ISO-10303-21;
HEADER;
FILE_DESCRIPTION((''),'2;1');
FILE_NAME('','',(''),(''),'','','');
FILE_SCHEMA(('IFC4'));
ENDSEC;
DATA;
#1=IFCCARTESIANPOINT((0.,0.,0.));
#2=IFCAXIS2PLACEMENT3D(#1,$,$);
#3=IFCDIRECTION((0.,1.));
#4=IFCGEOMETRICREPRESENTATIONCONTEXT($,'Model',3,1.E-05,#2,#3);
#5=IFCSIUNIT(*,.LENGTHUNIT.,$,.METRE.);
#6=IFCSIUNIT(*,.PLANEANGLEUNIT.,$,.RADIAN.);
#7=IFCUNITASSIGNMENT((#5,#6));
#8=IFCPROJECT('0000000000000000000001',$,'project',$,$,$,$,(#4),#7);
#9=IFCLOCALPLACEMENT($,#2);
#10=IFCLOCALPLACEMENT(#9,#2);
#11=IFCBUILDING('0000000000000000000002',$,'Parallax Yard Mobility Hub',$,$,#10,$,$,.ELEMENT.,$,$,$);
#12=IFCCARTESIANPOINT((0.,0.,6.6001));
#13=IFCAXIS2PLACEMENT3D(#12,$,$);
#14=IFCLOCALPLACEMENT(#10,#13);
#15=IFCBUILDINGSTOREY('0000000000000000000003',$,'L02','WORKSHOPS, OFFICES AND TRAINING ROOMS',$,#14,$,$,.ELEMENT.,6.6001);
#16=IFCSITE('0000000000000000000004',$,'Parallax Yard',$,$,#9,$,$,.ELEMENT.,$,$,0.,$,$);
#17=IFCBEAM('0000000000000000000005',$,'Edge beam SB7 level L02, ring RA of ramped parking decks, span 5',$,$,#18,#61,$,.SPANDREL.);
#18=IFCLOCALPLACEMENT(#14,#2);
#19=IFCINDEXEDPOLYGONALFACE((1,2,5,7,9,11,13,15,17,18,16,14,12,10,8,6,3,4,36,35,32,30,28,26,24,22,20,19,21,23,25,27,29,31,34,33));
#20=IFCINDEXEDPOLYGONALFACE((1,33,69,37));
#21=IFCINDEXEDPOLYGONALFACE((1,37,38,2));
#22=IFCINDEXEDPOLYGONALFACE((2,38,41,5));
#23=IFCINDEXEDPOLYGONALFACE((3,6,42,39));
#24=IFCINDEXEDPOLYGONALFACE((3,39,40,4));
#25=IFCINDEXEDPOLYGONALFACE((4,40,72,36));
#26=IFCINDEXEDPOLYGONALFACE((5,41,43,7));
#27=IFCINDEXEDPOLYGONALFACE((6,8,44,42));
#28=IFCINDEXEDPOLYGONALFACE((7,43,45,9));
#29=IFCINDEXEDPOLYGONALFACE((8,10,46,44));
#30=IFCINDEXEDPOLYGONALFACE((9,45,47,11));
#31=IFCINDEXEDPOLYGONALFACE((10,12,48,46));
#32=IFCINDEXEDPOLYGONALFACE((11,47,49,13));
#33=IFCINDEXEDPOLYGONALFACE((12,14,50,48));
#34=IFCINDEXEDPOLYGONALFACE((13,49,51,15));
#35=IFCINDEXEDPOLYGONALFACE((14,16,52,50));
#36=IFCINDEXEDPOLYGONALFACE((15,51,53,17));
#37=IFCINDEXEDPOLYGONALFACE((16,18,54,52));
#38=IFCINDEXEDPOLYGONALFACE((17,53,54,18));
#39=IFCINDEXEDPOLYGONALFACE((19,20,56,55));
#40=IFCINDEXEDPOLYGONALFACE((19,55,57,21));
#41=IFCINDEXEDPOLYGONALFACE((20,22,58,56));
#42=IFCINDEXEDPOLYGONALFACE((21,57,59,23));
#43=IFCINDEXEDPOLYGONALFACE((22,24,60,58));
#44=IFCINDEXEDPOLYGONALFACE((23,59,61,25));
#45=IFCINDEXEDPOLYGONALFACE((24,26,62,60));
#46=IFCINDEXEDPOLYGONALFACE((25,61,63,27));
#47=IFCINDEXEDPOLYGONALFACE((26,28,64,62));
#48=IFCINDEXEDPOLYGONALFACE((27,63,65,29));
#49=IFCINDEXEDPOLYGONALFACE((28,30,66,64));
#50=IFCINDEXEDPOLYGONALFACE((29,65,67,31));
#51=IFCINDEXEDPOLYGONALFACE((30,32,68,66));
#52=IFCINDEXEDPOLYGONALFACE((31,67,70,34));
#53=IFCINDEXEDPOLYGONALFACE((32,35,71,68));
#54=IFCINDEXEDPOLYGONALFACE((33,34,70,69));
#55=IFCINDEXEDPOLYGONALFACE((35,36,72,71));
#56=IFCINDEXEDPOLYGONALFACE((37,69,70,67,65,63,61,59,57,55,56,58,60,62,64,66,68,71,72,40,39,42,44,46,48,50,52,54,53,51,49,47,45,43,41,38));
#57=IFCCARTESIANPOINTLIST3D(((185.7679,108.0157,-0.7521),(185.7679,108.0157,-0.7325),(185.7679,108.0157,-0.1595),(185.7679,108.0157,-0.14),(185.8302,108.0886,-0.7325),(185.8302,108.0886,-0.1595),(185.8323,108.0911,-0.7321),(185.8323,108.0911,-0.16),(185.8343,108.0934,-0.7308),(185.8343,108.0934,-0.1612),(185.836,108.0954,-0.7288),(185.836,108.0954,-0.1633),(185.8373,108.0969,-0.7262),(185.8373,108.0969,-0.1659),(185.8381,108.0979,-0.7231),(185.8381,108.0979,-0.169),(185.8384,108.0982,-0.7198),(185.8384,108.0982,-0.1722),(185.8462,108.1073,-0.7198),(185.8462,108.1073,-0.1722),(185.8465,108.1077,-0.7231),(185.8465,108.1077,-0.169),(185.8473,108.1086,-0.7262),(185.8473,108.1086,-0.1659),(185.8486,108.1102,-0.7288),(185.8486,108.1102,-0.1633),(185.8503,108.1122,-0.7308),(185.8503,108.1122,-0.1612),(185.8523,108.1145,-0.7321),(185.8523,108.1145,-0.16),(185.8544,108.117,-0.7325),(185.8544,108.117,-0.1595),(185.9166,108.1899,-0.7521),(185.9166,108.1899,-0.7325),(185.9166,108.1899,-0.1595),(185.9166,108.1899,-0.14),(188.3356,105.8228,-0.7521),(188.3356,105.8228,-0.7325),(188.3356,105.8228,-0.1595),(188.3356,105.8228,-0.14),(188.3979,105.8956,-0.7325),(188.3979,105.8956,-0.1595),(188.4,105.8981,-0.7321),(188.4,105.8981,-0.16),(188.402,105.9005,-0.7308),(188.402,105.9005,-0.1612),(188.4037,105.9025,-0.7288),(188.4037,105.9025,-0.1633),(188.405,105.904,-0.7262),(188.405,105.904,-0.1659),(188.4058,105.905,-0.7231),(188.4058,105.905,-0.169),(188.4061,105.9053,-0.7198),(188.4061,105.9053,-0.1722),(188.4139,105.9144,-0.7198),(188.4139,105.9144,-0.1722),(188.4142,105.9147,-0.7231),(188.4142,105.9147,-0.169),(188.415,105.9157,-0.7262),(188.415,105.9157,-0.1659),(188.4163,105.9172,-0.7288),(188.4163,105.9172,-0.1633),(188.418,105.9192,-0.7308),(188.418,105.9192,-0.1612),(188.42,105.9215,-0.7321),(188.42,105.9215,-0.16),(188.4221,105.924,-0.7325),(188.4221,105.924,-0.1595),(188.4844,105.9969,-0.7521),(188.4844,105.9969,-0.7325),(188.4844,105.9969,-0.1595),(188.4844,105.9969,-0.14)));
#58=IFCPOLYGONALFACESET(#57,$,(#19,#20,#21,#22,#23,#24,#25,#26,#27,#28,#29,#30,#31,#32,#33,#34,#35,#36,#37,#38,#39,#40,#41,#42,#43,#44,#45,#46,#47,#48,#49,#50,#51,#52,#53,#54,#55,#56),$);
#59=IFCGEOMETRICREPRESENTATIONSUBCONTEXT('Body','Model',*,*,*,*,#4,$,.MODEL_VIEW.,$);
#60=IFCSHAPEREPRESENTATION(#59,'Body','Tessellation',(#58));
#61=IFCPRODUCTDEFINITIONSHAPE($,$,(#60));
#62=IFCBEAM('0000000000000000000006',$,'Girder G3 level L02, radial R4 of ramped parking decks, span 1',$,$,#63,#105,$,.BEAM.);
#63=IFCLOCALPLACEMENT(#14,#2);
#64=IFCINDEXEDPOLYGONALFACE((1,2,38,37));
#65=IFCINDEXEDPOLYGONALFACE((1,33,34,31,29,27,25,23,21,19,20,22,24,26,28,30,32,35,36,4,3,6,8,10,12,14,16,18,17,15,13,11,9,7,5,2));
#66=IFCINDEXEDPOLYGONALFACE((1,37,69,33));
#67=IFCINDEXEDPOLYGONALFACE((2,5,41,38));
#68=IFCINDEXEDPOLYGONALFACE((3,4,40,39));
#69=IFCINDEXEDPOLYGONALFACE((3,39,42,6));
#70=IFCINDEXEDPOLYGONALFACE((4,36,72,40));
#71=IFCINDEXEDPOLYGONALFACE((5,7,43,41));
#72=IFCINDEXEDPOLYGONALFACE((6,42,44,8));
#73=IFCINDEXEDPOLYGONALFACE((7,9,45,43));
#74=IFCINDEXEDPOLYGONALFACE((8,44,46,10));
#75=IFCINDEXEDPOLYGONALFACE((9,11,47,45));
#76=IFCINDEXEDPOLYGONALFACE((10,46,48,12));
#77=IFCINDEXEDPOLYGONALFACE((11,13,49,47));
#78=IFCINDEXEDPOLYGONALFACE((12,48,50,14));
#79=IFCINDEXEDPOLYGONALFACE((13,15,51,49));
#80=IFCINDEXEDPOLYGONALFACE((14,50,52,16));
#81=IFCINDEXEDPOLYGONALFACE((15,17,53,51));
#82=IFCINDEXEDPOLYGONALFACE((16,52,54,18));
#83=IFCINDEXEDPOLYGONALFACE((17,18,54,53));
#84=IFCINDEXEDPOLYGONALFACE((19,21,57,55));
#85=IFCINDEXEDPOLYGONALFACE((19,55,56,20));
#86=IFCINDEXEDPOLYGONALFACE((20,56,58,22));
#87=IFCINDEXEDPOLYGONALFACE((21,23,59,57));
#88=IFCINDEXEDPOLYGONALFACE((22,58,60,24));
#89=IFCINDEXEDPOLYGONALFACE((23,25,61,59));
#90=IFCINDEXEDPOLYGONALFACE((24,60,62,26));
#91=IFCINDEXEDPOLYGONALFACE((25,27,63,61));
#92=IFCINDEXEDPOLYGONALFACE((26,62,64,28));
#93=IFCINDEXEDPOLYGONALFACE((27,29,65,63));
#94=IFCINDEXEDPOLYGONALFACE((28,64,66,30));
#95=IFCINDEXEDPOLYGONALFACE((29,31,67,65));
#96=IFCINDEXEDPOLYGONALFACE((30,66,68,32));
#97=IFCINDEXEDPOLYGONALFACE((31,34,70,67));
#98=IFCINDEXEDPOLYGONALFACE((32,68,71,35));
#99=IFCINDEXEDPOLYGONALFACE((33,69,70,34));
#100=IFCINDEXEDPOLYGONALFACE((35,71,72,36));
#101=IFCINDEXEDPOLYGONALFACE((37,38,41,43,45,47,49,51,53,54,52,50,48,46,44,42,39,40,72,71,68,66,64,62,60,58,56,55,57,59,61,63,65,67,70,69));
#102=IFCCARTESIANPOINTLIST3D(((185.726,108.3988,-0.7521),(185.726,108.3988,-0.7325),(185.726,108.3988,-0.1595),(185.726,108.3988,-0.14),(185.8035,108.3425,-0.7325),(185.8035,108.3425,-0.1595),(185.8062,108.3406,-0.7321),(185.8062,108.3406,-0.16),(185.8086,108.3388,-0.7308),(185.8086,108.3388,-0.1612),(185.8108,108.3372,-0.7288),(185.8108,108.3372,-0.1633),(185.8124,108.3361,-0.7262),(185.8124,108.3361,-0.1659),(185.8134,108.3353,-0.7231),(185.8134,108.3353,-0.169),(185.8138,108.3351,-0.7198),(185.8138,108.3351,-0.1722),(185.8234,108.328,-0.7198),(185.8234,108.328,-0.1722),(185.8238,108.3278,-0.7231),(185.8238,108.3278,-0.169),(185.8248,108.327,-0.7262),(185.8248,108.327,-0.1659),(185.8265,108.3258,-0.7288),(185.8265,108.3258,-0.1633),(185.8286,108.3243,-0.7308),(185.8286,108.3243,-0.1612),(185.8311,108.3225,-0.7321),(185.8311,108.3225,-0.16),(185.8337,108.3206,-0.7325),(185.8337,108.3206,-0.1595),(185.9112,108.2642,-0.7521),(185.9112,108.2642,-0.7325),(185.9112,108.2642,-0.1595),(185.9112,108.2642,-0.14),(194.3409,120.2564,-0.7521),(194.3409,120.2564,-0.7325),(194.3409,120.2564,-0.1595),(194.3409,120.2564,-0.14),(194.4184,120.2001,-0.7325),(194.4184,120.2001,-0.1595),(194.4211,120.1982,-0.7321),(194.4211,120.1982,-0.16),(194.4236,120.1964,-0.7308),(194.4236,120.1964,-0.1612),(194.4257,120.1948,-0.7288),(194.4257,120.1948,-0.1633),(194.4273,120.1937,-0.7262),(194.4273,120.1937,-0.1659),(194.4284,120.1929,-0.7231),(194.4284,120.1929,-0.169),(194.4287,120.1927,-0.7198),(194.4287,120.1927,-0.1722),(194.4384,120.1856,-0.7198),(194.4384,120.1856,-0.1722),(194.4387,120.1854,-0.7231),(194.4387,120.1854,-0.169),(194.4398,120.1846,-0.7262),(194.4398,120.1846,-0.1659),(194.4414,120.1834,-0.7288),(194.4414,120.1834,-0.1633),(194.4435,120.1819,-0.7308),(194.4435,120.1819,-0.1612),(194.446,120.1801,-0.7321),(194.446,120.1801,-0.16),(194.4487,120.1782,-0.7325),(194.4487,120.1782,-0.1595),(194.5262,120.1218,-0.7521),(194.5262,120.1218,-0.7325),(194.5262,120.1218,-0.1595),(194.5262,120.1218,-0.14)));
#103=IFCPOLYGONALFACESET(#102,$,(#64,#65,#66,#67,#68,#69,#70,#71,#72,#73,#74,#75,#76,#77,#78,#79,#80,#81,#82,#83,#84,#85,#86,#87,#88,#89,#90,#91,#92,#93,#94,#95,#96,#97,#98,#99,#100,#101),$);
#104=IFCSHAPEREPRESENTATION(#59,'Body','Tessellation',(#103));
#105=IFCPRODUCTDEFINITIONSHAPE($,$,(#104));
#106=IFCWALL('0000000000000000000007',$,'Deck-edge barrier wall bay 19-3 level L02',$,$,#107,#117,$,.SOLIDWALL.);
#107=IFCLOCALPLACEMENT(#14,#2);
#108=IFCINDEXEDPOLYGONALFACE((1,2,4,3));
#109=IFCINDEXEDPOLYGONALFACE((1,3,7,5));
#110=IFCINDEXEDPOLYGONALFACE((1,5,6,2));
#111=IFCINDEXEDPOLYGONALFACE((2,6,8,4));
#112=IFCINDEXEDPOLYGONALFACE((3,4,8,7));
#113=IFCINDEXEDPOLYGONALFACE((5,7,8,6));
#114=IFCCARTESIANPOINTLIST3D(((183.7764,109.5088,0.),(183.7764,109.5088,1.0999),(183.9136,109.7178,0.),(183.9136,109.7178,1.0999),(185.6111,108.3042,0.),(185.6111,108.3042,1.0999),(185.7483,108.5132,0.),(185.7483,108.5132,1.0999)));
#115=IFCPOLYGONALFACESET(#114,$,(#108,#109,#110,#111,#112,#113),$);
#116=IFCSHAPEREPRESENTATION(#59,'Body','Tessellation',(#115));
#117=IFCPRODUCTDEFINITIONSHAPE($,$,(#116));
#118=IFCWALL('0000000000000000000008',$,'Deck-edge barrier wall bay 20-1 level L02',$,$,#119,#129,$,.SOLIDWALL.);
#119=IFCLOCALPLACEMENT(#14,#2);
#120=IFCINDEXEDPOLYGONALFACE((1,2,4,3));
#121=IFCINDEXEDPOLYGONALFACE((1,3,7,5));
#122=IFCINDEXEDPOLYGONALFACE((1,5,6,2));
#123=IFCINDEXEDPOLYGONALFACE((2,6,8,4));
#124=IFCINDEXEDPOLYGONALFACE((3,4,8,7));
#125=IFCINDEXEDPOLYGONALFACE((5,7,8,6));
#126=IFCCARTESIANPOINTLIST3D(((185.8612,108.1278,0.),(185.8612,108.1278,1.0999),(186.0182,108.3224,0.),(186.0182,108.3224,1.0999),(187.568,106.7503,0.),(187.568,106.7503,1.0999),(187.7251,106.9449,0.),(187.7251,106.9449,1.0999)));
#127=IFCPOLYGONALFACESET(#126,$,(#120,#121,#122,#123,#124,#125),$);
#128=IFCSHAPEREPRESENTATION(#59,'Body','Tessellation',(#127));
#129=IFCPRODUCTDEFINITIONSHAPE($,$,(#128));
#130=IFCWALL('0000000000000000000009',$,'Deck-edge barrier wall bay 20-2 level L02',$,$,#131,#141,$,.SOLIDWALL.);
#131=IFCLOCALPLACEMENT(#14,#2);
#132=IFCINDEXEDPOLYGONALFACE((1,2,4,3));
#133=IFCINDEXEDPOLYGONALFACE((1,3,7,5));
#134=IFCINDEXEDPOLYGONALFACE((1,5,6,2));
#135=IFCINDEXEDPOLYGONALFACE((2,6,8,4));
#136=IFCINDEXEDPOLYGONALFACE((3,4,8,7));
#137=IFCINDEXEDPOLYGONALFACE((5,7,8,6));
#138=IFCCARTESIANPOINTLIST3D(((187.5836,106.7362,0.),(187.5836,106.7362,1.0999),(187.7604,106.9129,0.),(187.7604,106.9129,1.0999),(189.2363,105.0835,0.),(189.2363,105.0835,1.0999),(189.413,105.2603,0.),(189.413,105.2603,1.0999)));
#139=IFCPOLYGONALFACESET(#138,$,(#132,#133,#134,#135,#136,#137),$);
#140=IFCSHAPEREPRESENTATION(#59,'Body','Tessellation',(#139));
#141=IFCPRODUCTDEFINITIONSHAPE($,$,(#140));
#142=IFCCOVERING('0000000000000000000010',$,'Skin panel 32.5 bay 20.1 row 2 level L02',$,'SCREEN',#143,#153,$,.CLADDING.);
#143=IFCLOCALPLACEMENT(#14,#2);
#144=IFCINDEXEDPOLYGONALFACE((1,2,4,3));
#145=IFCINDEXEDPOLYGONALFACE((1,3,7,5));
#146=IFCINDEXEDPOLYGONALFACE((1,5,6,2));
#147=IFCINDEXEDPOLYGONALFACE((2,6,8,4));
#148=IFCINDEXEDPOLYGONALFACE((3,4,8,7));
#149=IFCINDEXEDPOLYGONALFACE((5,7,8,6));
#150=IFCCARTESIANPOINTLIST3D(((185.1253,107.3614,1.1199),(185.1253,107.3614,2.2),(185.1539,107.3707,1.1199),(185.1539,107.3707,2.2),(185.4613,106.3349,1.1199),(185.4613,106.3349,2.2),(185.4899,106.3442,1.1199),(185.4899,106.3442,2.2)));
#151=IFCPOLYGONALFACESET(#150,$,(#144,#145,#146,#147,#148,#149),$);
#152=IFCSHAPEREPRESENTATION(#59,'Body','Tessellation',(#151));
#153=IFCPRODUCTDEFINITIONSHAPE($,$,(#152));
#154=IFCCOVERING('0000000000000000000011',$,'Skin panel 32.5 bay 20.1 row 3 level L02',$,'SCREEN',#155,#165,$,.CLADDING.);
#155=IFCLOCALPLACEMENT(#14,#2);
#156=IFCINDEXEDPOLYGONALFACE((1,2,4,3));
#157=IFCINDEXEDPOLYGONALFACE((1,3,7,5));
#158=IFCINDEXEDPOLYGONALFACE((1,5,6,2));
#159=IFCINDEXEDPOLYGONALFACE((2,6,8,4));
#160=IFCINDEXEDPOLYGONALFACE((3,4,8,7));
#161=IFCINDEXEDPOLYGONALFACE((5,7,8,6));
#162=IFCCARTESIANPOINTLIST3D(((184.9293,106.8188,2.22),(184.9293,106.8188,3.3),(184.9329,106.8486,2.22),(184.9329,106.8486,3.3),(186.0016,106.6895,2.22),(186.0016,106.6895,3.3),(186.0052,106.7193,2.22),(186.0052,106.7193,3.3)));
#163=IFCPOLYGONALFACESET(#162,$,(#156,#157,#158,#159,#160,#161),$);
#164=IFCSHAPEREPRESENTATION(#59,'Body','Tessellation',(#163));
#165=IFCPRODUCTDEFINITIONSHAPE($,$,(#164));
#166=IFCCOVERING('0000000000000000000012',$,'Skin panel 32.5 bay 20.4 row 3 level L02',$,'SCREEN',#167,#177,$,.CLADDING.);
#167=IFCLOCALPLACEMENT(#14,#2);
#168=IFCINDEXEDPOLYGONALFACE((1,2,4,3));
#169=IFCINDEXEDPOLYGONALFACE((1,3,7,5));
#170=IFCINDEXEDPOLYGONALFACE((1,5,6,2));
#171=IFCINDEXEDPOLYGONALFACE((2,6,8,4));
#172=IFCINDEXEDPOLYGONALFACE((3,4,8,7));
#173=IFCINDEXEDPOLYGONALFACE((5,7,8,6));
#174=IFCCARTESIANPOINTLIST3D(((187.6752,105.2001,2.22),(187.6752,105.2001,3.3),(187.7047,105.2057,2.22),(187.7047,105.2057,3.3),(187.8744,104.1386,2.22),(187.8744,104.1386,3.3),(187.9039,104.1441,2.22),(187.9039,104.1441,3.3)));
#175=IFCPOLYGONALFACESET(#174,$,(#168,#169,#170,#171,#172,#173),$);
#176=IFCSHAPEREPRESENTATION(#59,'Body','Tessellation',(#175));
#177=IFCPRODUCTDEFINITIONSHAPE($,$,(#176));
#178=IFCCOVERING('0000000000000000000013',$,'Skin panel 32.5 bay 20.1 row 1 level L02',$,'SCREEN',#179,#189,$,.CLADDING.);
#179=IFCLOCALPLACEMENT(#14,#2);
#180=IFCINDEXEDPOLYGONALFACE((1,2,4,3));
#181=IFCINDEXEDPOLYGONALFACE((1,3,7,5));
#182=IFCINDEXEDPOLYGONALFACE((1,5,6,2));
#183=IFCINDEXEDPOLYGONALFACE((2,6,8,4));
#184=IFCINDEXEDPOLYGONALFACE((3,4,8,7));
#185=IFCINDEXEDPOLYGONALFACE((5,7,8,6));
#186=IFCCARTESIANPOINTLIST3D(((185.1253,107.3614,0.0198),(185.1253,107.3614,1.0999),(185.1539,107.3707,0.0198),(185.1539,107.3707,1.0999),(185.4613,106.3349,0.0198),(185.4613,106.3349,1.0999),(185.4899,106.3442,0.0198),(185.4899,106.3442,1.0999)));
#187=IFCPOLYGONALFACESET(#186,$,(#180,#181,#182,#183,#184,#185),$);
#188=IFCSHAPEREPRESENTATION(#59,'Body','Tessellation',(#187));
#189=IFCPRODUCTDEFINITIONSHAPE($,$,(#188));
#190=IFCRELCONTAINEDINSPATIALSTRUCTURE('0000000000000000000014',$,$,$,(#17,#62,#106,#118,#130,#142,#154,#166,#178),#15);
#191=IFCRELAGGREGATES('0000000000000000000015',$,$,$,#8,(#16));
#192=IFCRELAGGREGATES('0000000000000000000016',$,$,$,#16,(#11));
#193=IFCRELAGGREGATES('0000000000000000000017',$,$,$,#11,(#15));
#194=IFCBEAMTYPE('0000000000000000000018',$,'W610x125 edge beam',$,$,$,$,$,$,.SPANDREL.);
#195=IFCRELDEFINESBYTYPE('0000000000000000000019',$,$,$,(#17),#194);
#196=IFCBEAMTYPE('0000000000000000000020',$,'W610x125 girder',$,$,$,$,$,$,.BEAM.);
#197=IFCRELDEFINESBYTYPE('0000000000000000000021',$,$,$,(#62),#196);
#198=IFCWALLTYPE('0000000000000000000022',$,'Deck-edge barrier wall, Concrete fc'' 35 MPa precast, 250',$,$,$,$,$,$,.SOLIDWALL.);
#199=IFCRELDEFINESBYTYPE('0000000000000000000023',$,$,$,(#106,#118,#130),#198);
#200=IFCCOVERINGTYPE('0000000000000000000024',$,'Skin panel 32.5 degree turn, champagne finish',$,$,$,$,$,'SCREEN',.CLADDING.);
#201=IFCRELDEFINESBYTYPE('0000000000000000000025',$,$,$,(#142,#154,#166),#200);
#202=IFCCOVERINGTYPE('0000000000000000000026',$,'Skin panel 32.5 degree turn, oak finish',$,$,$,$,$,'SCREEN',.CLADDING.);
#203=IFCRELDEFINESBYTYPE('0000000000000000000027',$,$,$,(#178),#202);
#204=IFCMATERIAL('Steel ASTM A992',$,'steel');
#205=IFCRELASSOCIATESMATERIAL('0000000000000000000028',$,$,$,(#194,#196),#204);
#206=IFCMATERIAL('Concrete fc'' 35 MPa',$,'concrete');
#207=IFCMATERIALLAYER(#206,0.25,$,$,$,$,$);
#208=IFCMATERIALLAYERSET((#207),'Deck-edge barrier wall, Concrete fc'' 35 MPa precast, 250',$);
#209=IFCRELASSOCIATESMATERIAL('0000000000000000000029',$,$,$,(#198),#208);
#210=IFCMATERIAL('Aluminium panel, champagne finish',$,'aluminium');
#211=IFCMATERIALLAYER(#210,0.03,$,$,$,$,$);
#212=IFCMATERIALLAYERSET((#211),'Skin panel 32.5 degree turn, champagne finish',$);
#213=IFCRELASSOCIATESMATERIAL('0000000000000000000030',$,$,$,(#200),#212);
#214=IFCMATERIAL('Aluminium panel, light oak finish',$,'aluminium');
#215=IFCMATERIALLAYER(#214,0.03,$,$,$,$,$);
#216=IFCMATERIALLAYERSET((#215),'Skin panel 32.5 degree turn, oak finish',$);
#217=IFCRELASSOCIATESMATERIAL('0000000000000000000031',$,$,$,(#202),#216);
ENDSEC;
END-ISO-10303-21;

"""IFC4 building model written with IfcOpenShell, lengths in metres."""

from ifc_helpers import new_model, si_unit, direction, frame, frame_2d, origin, origin_2d, place, context, subcontext, project, spatial, rectangle, i_section, extrude, material, layer, layer_set, material_profile, profile_set, type_object, element, save


model = new_model("IFC4")

# Units and contexts
model_context = context("Model", 3, precision=1e-05, world=origin(), true_north=direction((0.0, 1.0)))
body_context = subcontext(model_context, "Body", "Model", "MODEL_VIEW")
ifc_project = project(units=[si_unit("LENGTHUNIT", "METRE"), si_unit("PLANEANGLEUNIT", "RADIAN")], contexts=[model_context])

# Site, building, storey
site_placement = place(None, origin())
site = spatial("IfcSite", under=ifc_project, at=site_placement, Name="Parallax Yard", CompositionType="ELEMENT", RefElevation=0.0)
building_placement = place(site_placement, origin())
building = spatial("IfcBuilding", under=site, at=building_placement, Name="Parallax Yard Mobility Hub", CompositionType="ELEMENT")
storey_placement = place(building_placement, frame((0.0, 0.0, 6.6001)))
storey = spatial("IfcBuildingStorey", under=building, at=storey_placement, Name="L02", Description="WORKSHOPS, OFFICES AND TRAINING ROOMS", CompositionType="ELEMENT", Elevation=6.6001)

# Shared definitions
ifc_material_1 = material(Name="Steel ASTM A992", Category="steel")

# Beams
ifc_material_profile_1 = material_profile(ifc_material_1, i_section(OverallWidth=0.229, OverallDepth=0.6121, WebThickness=0.012, FlangeThickness=0.0195, FilletRadius=0.0127, at=origin_2d()), Name="W610x125")
ifc_profile_set_1 = profile_set([ifc_material_profile_1], Name="Steel ASTM A992")
beam_type_1 = type_object("IfcBeamType", Name="W610x125 edge beam", PredefinedType="SPANDREL", material=ifc_profile_set_1)
beam_1_placement = place(storey_placement, frame((185.8423, 108.1028, -0.446), z_axis=(0.760419, -0.649433, 0.0), x_axis=(0.649433, 0.760419, 0.0)))
element("IfcBeam", 1, at=beam_1_placement, inside=storey, type_object=beam_type_1, Name="Edge beam SB7 level L02, ring RA of ramped parking decks, span 5", PredefinedType="SPANDREL", context=body_context, shape_type="SweptSolid", body=[
    extrude(i_section(OverallWidth=0.229, OverallDepth=0.6121, WebThickness=0.012, FlangeThickness=0.0195, FilletRadius=0.0127, at=origin_2d()), origin(), (0.0, 0.0, 1.0), 3.3767),
])
ifc_material_profile_2 = material_profile(ifc_material_1, i_section(OverallWidth=0.229, OverallDepth=0.6121, WebThickness=0.012, FlangeThickness=0.0195, FilletRadius=0.0127, at=origin_2d()), Name="W610x125")
ifc_profile_set_2 = profile_set([ifc_material_profile_2], Name="Steel ASTM A992")
beam_type_2 = type_object("IfcBeamType", Name="W610x125 girder", PredefinedType="BEAM", material=ifc_profile_set_2)
beam_2_placement = place(storey_placement, frame((185.8186, 108.3315, -0.446), z_axis=(0.58778, 0.809021, 0.0), x_axis=(-0.809021, 0.58778, 0.0)))
element("IfcBeam", 2, at=beam_2_placement, inside=storey, type_object=beam_type_2, Name="Girder G3 level L02, radial R4 of ramped parking decks, span 1", PredefinedType="BEAM", context=body_context, shape_type="SweptSolid", body=[
    extrude(i_section(OverallWidth=0.229, OverallDepth=0.6121, WebThickness=0.012, FlangeThickness=0.0195, FilletRadius=0.0127, at=origin_2d()), origin(), (0.0, 0.0, 1.0), 14.6567),
])

# Walls
ifc_material_2 = material(Name="Concrete fc' 35 MPa", Category="concrete")
ifc_layer_1 = layer(ifc_material_2, 0.25)
ifc_layer_set_1 = layer_set([ifc_layer_1], Name="Deck-edge barrier wall, Concrete fc' 35 MPa precast, 250")
wall_type = type_object("IfcWallType", Name="Deck-edge barrier wall, Concrete fc' 35 MPa precast, 250", PredefinedType="SOLIDWALL", material=ifc_layer_set_1)
wall_1_placement = place(storey_placement, frame((183.845, 109.6133, 0.0), z_axis=(0.0, 0.0, 1.0), x_axis=(0.835931, -0.548834, 0.0)))
element("IfcWall", 3, at=wall_1_placement, inside=storey, type_object=wall_type, Name="Deck-edge barrier wall bay 19-3 level L02", PredefinedType="SOLIDWALL", context=body_context, shape_type="SweptSolid", body=[
    extrude(rectangle(XDim=2.1948, YDim=0.25, at=frame_2d((1.0974, 0.0))), origin(), (0.0, 0.0, 1.0), 1.0999),
])
wall_2_placement = place(storey_placement, frame((185.9397, 108.2251, 0.0), z_axis=(0.0, 0.0, 1.0), x_axis=(0.77819, -0.628029, 0.0)))
element("IfcWall", 4, at=wall_2_placement, inside=storey, type_object=wall_type, Name="Deck-edge barrier wall bay 20-1 level L02", PredefinedType="SOLIDWALL", context=body_context, shape_type="SweptSolid", body=[
    extrude(rectangle(XDim=2.1934, YDim=0.25, at=frame_2d((1.0967, 0.0))), origin(), (0.0, 0.0, 1.0), 1.0999),
])
wall_3_placement = place(storey_placement, frame((187.6721, 106.8245, 0.0), z_axis=(0.0, 0.0, 1.0), x_axis=(0.707107, -0.707107, 0.0)))
element("IfcWall", 5, at=wall_3_placement, inside=storey, type_object=wall_type, Name="Deck-edge barrier wall bay 20-2 level L02", PredefinedType="SOLIDWALL", context=body_context, shape_type="SweptSolid", body=[
    extrude(rectangle(XDim=2.3372, YDim=0.25, at=frame_2d((1.1685, 0.0))), origin(), (0.0, 0.0, 1.0), 1.0999),
])

# Coverings
ifc_material_3 = material(Name="Aluminium panel, champagne finish", Category="aluminium")
ifc_layer_2 = layer(ifc_material_3, 0.03)
ifc_layer_set_2 = layer_set([ifc_layer_2], Name="Skin panel 32.5 degree turn, champagne finish")
covering_type_1 = type_object("IfcCoveringType", Name="Skin panel 32.5 degree turn, champagne finish", ElementType="SCREEN", PredefinedType="CLADDING", material=ifc_layer_set_2)
for number, where, z_axis, x_axis, name in (
    (6, (185.3076, 106.8528, 1.1199), (0.0, 0.0, 1.0), (0.311091, -0.95038, 0.0), "Skin panel 32.5 bay 20.1 row 2 level L02"),
    (7, (185.4673, 106.769, 2.22), (0.0, 0.0, 1.0), (-0.99281, 0.119704, 0.0), "Skin panel 32.5 bay 20.1 row 3 level L02"),
    (8, (187.7896, 104.6721, 2.22), (0.0, 0.0, 1.0), (0.18438, -0.982855, 0.0), "Skin panel 32.5 bay 20.4 row 3 level L02"),
):
    element("IfcCovering", number, at=place(storey_placement, frame(where, z_axis=z_axis, x_axis=x_axis)), inside=storey, type_object=covering_type_1, Name=name, ObjectType="SCREEN", PredefinedType="CLADDING", context=body_context, shape_type="SweptSolid", body=[
        extrude(rectangle(XDim=1.0801, YDim=0.03, at=origin_2d()), origin(), (0.0, 0.0, 1.0), 1.0801),
    ])
ifc_material_4 = material(Name="Aluminium panel, light oak finish", Category="aluminium")
ifc_layer_3 = layer(ifc_material_4, 0.03)
ifc_layer_set_3 = layer_set([ifc_layer_3], Name="Skin panel 32.5 degree turn, oak finish")
covering_type_2 = type_object("IfcCoveringType", Name="Skin panel 32.5 degree turn, oak finish", ElementType="SCREEN", PredefinedType="CLADDING", material=ifc_layer_set_3)
covering_placement = place(storey_placement, frame((185.3076, 106.8528, 0.0198), z_axis=(0.0, 0.0, 1.0), x_axis=(0.311091, -0.95038, 0.0)))
element("IfcCovering", 9, at=covering_placement, inside=storey, type_object=covering_type_2, Name="Skin panel 32.5 bay 20.1 row 1 level L02", ObjectType="SCREEN", PredefinedType="CLADDING", context=body_context, shape_type="SweptSolid", body=[
    extrude(rectangle(XDim=1.0801, YDim=0.03, at=origin_2d()), origin(), (0.0, 0.0, 1.0), 1.0801),
])

save(model, "model.ifc")
